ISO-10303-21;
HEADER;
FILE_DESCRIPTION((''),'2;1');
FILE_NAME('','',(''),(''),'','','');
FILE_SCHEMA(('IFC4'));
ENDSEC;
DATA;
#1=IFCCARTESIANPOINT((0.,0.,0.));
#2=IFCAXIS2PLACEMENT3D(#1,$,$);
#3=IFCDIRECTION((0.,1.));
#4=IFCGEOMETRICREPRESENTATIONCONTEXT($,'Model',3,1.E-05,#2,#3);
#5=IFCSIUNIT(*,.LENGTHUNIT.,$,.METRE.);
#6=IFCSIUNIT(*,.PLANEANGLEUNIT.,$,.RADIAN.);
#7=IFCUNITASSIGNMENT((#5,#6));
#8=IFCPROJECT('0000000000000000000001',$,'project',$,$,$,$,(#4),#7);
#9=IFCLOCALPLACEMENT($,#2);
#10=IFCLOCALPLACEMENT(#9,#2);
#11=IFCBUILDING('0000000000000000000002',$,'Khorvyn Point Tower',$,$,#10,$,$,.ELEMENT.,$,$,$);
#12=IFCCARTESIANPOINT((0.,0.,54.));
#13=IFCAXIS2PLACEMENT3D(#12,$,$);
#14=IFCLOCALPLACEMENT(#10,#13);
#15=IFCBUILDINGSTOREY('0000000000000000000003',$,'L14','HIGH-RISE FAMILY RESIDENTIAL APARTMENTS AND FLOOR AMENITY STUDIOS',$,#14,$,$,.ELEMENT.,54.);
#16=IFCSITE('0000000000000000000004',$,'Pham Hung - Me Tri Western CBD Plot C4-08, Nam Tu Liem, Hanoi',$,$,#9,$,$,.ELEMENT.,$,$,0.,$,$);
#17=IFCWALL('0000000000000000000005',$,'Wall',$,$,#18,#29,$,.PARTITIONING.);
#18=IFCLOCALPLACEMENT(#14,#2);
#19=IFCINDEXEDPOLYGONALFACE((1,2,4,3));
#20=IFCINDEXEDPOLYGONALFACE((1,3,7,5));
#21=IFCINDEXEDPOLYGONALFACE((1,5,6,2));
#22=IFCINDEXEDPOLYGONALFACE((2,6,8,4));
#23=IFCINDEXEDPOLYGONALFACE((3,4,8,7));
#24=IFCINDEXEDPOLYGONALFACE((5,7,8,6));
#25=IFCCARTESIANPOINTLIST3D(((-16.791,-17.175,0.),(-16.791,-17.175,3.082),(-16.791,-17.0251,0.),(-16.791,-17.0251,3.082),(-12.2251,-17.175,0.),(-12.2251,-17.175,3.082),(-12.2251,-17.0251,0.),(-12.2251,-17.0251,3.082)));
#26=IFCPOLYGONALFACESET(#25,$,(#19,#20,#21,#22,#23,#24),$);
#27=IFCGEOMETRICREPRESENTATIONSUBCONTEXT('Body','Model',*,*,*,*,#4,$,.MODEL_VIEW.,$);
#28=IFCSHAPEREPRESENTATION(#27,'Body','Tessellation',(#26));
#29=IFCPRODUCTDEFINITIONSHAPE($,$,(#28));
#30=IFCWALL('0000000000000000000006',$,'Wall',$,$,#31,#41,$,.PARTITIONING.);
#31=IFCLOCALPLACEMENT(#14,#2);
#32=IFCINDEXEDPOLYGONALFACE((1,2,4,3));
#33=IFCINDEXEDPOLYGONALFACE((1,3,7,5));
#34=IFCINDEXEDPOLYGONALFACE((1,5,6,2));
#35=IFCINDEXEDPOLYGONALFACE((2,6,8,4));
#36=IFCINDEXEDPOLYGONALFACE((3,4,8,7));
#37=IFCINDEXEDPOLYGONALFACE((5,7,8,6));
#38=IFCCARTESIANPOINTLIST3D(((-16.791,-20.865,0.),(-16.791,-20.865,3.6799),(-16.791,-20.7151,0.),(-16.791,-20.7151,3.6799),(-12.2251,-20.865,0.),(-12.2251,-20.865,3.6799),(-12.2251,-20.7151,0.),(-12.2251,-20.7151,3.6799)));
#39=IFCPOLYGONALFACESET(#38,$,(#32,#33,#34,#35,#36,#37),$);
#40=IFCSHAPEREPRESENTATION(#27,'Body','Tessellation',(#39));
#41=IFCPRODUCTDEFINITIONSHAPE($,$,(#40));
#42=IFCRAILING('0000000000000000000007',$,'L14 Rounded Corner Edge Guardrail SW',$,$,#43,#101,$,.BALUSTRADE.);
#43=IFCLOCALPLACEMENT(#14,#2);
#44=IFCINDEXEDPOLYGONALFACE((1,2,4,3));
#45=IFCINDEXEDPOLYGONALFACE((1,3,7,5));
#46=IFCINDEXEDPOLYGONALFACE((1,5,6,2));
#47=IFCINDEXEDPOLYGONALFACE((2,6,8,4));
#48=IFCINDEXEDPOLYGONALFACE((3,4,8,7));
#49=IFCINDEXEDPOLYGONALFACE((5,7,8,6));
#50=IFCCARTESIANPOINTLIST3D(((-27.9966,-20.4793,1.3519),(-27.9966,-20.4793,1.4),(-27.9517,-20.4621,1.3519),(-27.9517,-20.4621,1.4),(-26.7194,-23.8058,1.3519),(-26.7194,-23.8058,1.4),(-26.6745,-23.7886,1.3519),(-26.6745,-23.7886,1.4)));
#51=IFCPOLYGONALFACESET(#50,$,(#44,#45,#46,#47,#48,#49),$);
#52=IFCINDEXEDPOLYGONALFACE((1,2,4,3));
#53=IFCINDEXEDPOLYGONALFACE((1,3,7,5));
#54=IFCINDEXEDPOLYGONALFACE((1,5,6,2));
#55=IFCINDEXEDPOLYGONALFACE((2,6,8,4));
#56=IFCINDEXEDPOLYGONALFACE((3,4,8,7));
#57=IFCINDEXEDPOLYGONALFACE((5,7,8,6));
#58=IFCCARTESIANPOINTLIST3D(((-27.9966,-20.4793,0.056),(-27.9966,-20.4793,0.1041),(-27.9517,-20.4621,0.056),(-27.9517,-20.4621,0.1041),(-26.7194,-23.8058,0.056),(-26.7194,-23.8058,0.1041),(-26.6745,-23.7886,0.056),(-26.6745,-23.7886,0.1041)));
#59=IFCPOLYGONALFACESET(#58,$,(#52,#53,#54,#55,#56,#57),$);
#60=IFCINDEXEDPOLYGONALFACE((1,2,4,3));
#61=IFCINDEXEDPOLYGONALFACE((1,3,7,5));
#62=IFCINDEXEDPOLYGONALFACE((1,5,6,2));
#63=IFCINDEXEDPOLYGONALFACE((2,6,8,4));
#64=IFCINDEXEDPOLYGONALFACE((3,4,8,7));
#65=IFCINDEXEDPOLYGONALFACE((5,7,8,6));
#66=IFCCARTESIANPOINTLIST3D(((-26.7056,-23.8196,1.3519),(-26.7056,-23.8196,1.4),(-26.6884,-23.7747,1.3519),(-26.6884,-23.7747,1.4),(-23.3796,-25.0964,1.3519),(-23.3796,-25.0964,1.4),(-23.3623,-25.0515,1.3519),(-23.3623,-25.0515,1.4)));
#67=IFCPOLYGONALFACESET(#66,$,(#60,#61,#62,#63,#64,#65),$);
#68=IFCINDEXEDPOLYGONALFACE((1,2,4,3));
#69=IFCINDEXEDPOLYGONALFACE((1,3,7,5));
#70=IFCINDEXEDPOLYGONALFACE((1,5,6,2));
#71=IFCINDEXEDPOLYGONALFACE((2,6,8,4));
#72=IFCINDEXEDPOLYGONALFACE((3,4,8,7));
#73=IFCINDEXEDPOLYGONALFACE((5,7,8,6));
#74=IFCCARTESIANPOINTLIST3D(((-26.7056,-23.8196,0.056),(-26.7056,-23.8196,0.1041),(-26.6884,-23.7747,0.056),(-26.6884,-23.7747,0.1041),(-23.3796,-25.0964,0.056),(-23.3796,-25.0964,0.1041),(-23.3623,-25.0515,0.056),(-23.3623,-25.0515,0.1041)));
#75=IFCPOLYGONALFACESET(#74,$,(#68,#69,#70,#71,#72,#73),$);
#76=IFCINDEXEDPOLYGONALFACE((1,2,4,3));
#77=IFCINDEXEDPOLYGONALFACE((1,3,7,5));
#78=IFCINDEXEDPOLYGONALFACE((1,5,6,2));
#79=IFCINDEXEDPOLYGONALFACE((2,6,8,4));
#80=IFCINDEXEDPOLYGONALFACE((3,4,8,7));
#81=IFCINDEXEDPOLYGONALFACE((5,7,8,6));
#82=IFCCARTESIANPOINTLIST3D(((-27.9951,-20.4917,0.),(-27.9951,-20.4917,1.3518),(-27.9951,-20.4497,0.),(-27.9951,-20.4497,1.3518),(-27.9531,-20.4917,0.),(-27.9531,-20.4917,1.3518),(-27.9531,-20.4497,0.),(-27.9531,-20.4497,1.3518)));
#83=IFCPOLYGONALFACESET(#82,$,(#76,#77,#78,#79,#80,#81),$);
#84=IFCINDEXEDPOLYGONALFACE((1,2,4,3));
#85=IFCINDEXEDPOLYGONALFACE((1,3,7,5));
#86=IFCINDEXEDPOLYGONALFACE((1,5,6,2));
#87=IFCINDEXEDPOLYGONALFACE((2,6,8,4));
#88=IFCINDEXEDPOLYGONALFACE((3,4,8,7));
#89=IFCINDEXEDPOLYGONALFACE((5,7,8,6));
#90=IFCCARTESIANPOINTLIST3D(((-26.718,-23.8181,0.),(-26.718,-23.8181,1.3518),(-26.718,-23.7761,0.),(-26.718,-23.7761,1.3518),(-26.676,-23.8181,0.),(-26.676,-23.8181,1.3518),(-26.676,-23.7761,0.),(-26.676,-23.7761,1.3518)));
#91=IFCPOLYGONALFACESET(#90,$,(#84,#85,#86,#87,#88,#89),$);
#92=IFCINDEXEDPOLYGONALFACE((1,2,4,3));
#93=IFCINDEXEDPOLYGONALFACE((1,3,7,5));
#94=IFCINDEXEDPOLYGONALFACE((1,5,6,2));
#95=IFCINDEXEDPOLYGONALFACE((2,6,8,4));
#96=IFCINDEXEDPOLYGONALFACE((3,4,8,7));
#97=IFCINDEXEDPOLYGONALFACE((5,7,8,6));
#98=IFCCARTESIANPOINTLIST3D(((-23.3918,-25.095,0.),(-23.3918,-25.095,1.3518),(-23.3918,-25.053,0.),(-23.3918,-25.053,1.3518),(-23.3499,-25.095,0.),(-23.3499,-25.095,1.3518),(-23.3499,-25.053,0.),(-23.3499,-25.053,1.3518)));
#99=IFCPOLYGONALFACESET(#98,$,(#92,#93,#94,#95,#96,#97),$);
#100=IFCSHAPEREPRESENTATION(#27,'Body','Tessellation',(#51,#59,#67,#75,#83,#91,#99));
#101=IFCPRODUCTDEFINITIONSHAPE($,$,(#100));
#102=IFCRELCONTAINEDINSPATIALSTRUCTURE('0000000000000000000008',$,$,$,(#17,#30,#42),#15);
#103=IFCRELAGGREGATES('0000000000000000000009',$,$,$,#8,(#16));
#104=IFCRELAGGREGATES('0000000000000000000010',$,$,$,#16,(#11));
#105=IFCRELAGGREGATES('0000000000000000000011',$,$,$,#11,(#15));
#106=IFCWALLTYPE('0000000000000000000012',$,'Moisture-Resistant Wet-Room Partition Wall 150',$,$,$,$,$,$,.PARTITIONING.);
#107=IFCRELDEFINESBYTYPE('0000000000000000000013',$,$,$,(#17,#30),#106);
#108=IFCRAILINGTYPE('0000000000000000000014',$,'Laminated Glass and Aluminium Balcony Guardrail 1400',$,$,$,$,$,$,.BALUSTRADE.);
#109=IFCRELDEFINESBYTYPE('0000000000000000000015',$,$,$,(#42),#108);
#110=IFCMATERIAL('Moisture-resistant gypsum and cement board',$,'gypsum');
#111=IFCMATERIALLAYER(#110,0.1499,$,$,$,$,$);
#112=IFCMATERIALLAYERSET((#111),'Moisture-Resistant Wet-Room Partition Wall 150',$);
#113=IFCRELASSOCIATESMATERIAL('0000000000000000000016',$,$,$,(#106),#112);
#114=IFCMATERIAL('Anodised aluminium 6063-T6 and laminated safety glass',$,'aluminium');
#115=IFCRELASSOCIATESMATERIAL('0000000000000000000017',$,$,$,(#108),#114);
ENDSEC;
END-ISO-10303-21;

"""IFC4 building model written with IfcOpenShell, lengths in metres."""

from ifc_helpers import new_model, si_unit, direction, frame, frame_2d, origin, origin_2d, place, context, subcontext, project, spatial, rectangle, extrude, material, layer, layer_set, type_object, element, save


model = new_model("IFC4")

# Units and contexts
model_context = context("Model", 3, precision=1e-05, world=origin(), true_north=direction((0.0, 1.0)))
body_context = subcontext(model_context, "Body", "Model", "MODEL_VIEW")
ifc_project = project(units=[si_unit("LENGTHUNIT", "METRE"), si_unit("PLANEANGLEUNIT", "RADIAN")], contexts=[model_context])

# Site, building, storey
site_placement = place(None, origin())
site = spatial("IfcSite", under=ifc_project, at=site_placement, Name="Pham Hung - Me Tri Western CBD Plot C4-08, Nam Tu Liem, Hanoi", CompositionType="ELEMENT", RefElevation=0.0)
building_placement = place(site_placement, origin())
building = spatial("IfcBuilding", under=site, at=building_placement, Name="Khorvyn Point Tower", CompositionType="ELEMENT")
storey_placement = place(building_placement, frame((0.0, 0.0, 54.0)))
storey = spatial("IfcBuildingStorey", under=building, at=storey_placement, Name="L14", Description="HIGH-RISE FAMILY RESIDENTIAL APARTMENTS AND FLOOR AMENITY STUDIOS", CompositionType="ELEMENT", Elevation=54.0)

# Shared definitions
ifc_material_1 = material(Name="Moisture-resistant gypsum and cement board", Category="gypsum")
ifc_layer_1 = layer(ifc_material_1, 0.1499)
ifc_layer_set_1 = layer_set([ifc_layer_1], Name="Moisture-Resistant Wet-Room Partition Wall 150")
wall_type_1 = type_object("IfcWallType", Name="Moisture-Resistant Wet-Room Partition Wall 150", PredefinedType="PARTITIONING", material=ifc_layer_set_1)

# Walls
wall_1_placement = place(storey_placement, frame((-16.791, -17.1001, 0.0), z_axis=(0.0, 0.0, 1.0), x_axis=(1.0, 0.0, 0.0)))
element("IfcWall", 1, at=wall_1_placement, inside=storey, type_object=wall_type_1, Name="Wall", PredefinedType="PARTITIONING", context=body_context, shape_type="SweptSolid", body=[
    extrude(rectangle(XDim=4.5659, YDim=0.1499, at=frame_2d((2.283, 0.0))), origin(), (0.0, 0.0, 1.0), 3.082),
])
wall_2_placement = place(storey_placement, frame((-16.791, -20.79, 0.0), z_axis=(0.0, 0.0, 1.0), x_axis=(1.0, 0.0, 0.0)))
element("IfcWall", 2, at=wall_2_placement, inside=storey, type_object=wall_type_1, Name="Wall", PredefinedType="PARTITIONING", context=body_context, shape_type="SweptSolid", body=[
    extrude(rectangle(XDim=4.5659, YDim=0.1499, at=frame_2d((2.283, 0.0))), origin(), (0.0, 0.0, 1.0), 3.6799),
])

# Railing
ifc_material_2 = material(Name="Anodised aluminium 6063-T6 and laminated safety glass", Category="aluminium")
railing_type = type_object("IfcRailingType", Name="Laminated Glass and Aluminium Balcony Guardrail 1400", PredefinedType="BALUSTRADE", material=ifc_material_2)
railing_placement = place(storey_placement, frame((-27.9741, -20.4707, 0.0)))
element("IfcRailing", 3, at=railing_placement, inside=storey, type_object=railing_type, Name="L14 Rounded Corner Edge Guardrail SW", PredefinedType="BALUSTRADE", context=body_context, shape_type="SweptSolid", body=[
    extrude(rectangle(XDim=0.0481, YDim=0.0481, at=origin_2d()), frame((0.0, 0.0, 1.376), z_axis=(0.358419, -0.933561, 0.0), x_axis=(0.933561, 0.358419, 0.0)), (0.0, 0.0, 1.0), 3.5632),
    extrude(rectangle(XDim=0.0481, YDim=0.0481, at=origin_2d()), frame((0.0, 0.0, 0.0801), z_axis=(0.358419, -0.933561, 0.0), x_axis=(0.933561, 0.358419, 0.0)), (0.0, 0.0, 1.0), 3.5632),
    extrude(rectangle(XDim=0.0481, YDim=0.0481, at=origin_2d()), frame((1.2771, -3.3264, 1.376), z_axis=(0.933575, -0.358382, 0.0), x_axis=(0.358382, 0.933575, 0.0)), (0.0, 0.0, 1.0), 3.5627),
    extrude(rectangle(XDim=0.0481, YDim=0.0481, at=origin_2d()), frame((1.2771, -3.3264, 0.0801), z_axis=(0.933575, -0.358382, 0.0), x_axis=(0.358382, 0.933575, 0.0)), (0.0, 0.0, 1.0), 3.5627),
    extrude(rectangle(XDim=0.042, YDim=0.042, at=origin_2d()), origin(), (0.0, 0.0, 1.0), 1.3518),
    extrude(rectangle(XDim=0.042, YDim=0.042, at=origin_2d()), frame((1.2771, -3.3264, 0.0)), (0.0, 0.0, 1.0), 1.3518),
    extrude(rectangle(XDim=0.042, YDim=0.042, at=origin_2d()), frame((4.6033, -4.6033, 0.0)), (0.0, 0.0, 1.0), 1.3518),
])

save(model, "model.ifc")
